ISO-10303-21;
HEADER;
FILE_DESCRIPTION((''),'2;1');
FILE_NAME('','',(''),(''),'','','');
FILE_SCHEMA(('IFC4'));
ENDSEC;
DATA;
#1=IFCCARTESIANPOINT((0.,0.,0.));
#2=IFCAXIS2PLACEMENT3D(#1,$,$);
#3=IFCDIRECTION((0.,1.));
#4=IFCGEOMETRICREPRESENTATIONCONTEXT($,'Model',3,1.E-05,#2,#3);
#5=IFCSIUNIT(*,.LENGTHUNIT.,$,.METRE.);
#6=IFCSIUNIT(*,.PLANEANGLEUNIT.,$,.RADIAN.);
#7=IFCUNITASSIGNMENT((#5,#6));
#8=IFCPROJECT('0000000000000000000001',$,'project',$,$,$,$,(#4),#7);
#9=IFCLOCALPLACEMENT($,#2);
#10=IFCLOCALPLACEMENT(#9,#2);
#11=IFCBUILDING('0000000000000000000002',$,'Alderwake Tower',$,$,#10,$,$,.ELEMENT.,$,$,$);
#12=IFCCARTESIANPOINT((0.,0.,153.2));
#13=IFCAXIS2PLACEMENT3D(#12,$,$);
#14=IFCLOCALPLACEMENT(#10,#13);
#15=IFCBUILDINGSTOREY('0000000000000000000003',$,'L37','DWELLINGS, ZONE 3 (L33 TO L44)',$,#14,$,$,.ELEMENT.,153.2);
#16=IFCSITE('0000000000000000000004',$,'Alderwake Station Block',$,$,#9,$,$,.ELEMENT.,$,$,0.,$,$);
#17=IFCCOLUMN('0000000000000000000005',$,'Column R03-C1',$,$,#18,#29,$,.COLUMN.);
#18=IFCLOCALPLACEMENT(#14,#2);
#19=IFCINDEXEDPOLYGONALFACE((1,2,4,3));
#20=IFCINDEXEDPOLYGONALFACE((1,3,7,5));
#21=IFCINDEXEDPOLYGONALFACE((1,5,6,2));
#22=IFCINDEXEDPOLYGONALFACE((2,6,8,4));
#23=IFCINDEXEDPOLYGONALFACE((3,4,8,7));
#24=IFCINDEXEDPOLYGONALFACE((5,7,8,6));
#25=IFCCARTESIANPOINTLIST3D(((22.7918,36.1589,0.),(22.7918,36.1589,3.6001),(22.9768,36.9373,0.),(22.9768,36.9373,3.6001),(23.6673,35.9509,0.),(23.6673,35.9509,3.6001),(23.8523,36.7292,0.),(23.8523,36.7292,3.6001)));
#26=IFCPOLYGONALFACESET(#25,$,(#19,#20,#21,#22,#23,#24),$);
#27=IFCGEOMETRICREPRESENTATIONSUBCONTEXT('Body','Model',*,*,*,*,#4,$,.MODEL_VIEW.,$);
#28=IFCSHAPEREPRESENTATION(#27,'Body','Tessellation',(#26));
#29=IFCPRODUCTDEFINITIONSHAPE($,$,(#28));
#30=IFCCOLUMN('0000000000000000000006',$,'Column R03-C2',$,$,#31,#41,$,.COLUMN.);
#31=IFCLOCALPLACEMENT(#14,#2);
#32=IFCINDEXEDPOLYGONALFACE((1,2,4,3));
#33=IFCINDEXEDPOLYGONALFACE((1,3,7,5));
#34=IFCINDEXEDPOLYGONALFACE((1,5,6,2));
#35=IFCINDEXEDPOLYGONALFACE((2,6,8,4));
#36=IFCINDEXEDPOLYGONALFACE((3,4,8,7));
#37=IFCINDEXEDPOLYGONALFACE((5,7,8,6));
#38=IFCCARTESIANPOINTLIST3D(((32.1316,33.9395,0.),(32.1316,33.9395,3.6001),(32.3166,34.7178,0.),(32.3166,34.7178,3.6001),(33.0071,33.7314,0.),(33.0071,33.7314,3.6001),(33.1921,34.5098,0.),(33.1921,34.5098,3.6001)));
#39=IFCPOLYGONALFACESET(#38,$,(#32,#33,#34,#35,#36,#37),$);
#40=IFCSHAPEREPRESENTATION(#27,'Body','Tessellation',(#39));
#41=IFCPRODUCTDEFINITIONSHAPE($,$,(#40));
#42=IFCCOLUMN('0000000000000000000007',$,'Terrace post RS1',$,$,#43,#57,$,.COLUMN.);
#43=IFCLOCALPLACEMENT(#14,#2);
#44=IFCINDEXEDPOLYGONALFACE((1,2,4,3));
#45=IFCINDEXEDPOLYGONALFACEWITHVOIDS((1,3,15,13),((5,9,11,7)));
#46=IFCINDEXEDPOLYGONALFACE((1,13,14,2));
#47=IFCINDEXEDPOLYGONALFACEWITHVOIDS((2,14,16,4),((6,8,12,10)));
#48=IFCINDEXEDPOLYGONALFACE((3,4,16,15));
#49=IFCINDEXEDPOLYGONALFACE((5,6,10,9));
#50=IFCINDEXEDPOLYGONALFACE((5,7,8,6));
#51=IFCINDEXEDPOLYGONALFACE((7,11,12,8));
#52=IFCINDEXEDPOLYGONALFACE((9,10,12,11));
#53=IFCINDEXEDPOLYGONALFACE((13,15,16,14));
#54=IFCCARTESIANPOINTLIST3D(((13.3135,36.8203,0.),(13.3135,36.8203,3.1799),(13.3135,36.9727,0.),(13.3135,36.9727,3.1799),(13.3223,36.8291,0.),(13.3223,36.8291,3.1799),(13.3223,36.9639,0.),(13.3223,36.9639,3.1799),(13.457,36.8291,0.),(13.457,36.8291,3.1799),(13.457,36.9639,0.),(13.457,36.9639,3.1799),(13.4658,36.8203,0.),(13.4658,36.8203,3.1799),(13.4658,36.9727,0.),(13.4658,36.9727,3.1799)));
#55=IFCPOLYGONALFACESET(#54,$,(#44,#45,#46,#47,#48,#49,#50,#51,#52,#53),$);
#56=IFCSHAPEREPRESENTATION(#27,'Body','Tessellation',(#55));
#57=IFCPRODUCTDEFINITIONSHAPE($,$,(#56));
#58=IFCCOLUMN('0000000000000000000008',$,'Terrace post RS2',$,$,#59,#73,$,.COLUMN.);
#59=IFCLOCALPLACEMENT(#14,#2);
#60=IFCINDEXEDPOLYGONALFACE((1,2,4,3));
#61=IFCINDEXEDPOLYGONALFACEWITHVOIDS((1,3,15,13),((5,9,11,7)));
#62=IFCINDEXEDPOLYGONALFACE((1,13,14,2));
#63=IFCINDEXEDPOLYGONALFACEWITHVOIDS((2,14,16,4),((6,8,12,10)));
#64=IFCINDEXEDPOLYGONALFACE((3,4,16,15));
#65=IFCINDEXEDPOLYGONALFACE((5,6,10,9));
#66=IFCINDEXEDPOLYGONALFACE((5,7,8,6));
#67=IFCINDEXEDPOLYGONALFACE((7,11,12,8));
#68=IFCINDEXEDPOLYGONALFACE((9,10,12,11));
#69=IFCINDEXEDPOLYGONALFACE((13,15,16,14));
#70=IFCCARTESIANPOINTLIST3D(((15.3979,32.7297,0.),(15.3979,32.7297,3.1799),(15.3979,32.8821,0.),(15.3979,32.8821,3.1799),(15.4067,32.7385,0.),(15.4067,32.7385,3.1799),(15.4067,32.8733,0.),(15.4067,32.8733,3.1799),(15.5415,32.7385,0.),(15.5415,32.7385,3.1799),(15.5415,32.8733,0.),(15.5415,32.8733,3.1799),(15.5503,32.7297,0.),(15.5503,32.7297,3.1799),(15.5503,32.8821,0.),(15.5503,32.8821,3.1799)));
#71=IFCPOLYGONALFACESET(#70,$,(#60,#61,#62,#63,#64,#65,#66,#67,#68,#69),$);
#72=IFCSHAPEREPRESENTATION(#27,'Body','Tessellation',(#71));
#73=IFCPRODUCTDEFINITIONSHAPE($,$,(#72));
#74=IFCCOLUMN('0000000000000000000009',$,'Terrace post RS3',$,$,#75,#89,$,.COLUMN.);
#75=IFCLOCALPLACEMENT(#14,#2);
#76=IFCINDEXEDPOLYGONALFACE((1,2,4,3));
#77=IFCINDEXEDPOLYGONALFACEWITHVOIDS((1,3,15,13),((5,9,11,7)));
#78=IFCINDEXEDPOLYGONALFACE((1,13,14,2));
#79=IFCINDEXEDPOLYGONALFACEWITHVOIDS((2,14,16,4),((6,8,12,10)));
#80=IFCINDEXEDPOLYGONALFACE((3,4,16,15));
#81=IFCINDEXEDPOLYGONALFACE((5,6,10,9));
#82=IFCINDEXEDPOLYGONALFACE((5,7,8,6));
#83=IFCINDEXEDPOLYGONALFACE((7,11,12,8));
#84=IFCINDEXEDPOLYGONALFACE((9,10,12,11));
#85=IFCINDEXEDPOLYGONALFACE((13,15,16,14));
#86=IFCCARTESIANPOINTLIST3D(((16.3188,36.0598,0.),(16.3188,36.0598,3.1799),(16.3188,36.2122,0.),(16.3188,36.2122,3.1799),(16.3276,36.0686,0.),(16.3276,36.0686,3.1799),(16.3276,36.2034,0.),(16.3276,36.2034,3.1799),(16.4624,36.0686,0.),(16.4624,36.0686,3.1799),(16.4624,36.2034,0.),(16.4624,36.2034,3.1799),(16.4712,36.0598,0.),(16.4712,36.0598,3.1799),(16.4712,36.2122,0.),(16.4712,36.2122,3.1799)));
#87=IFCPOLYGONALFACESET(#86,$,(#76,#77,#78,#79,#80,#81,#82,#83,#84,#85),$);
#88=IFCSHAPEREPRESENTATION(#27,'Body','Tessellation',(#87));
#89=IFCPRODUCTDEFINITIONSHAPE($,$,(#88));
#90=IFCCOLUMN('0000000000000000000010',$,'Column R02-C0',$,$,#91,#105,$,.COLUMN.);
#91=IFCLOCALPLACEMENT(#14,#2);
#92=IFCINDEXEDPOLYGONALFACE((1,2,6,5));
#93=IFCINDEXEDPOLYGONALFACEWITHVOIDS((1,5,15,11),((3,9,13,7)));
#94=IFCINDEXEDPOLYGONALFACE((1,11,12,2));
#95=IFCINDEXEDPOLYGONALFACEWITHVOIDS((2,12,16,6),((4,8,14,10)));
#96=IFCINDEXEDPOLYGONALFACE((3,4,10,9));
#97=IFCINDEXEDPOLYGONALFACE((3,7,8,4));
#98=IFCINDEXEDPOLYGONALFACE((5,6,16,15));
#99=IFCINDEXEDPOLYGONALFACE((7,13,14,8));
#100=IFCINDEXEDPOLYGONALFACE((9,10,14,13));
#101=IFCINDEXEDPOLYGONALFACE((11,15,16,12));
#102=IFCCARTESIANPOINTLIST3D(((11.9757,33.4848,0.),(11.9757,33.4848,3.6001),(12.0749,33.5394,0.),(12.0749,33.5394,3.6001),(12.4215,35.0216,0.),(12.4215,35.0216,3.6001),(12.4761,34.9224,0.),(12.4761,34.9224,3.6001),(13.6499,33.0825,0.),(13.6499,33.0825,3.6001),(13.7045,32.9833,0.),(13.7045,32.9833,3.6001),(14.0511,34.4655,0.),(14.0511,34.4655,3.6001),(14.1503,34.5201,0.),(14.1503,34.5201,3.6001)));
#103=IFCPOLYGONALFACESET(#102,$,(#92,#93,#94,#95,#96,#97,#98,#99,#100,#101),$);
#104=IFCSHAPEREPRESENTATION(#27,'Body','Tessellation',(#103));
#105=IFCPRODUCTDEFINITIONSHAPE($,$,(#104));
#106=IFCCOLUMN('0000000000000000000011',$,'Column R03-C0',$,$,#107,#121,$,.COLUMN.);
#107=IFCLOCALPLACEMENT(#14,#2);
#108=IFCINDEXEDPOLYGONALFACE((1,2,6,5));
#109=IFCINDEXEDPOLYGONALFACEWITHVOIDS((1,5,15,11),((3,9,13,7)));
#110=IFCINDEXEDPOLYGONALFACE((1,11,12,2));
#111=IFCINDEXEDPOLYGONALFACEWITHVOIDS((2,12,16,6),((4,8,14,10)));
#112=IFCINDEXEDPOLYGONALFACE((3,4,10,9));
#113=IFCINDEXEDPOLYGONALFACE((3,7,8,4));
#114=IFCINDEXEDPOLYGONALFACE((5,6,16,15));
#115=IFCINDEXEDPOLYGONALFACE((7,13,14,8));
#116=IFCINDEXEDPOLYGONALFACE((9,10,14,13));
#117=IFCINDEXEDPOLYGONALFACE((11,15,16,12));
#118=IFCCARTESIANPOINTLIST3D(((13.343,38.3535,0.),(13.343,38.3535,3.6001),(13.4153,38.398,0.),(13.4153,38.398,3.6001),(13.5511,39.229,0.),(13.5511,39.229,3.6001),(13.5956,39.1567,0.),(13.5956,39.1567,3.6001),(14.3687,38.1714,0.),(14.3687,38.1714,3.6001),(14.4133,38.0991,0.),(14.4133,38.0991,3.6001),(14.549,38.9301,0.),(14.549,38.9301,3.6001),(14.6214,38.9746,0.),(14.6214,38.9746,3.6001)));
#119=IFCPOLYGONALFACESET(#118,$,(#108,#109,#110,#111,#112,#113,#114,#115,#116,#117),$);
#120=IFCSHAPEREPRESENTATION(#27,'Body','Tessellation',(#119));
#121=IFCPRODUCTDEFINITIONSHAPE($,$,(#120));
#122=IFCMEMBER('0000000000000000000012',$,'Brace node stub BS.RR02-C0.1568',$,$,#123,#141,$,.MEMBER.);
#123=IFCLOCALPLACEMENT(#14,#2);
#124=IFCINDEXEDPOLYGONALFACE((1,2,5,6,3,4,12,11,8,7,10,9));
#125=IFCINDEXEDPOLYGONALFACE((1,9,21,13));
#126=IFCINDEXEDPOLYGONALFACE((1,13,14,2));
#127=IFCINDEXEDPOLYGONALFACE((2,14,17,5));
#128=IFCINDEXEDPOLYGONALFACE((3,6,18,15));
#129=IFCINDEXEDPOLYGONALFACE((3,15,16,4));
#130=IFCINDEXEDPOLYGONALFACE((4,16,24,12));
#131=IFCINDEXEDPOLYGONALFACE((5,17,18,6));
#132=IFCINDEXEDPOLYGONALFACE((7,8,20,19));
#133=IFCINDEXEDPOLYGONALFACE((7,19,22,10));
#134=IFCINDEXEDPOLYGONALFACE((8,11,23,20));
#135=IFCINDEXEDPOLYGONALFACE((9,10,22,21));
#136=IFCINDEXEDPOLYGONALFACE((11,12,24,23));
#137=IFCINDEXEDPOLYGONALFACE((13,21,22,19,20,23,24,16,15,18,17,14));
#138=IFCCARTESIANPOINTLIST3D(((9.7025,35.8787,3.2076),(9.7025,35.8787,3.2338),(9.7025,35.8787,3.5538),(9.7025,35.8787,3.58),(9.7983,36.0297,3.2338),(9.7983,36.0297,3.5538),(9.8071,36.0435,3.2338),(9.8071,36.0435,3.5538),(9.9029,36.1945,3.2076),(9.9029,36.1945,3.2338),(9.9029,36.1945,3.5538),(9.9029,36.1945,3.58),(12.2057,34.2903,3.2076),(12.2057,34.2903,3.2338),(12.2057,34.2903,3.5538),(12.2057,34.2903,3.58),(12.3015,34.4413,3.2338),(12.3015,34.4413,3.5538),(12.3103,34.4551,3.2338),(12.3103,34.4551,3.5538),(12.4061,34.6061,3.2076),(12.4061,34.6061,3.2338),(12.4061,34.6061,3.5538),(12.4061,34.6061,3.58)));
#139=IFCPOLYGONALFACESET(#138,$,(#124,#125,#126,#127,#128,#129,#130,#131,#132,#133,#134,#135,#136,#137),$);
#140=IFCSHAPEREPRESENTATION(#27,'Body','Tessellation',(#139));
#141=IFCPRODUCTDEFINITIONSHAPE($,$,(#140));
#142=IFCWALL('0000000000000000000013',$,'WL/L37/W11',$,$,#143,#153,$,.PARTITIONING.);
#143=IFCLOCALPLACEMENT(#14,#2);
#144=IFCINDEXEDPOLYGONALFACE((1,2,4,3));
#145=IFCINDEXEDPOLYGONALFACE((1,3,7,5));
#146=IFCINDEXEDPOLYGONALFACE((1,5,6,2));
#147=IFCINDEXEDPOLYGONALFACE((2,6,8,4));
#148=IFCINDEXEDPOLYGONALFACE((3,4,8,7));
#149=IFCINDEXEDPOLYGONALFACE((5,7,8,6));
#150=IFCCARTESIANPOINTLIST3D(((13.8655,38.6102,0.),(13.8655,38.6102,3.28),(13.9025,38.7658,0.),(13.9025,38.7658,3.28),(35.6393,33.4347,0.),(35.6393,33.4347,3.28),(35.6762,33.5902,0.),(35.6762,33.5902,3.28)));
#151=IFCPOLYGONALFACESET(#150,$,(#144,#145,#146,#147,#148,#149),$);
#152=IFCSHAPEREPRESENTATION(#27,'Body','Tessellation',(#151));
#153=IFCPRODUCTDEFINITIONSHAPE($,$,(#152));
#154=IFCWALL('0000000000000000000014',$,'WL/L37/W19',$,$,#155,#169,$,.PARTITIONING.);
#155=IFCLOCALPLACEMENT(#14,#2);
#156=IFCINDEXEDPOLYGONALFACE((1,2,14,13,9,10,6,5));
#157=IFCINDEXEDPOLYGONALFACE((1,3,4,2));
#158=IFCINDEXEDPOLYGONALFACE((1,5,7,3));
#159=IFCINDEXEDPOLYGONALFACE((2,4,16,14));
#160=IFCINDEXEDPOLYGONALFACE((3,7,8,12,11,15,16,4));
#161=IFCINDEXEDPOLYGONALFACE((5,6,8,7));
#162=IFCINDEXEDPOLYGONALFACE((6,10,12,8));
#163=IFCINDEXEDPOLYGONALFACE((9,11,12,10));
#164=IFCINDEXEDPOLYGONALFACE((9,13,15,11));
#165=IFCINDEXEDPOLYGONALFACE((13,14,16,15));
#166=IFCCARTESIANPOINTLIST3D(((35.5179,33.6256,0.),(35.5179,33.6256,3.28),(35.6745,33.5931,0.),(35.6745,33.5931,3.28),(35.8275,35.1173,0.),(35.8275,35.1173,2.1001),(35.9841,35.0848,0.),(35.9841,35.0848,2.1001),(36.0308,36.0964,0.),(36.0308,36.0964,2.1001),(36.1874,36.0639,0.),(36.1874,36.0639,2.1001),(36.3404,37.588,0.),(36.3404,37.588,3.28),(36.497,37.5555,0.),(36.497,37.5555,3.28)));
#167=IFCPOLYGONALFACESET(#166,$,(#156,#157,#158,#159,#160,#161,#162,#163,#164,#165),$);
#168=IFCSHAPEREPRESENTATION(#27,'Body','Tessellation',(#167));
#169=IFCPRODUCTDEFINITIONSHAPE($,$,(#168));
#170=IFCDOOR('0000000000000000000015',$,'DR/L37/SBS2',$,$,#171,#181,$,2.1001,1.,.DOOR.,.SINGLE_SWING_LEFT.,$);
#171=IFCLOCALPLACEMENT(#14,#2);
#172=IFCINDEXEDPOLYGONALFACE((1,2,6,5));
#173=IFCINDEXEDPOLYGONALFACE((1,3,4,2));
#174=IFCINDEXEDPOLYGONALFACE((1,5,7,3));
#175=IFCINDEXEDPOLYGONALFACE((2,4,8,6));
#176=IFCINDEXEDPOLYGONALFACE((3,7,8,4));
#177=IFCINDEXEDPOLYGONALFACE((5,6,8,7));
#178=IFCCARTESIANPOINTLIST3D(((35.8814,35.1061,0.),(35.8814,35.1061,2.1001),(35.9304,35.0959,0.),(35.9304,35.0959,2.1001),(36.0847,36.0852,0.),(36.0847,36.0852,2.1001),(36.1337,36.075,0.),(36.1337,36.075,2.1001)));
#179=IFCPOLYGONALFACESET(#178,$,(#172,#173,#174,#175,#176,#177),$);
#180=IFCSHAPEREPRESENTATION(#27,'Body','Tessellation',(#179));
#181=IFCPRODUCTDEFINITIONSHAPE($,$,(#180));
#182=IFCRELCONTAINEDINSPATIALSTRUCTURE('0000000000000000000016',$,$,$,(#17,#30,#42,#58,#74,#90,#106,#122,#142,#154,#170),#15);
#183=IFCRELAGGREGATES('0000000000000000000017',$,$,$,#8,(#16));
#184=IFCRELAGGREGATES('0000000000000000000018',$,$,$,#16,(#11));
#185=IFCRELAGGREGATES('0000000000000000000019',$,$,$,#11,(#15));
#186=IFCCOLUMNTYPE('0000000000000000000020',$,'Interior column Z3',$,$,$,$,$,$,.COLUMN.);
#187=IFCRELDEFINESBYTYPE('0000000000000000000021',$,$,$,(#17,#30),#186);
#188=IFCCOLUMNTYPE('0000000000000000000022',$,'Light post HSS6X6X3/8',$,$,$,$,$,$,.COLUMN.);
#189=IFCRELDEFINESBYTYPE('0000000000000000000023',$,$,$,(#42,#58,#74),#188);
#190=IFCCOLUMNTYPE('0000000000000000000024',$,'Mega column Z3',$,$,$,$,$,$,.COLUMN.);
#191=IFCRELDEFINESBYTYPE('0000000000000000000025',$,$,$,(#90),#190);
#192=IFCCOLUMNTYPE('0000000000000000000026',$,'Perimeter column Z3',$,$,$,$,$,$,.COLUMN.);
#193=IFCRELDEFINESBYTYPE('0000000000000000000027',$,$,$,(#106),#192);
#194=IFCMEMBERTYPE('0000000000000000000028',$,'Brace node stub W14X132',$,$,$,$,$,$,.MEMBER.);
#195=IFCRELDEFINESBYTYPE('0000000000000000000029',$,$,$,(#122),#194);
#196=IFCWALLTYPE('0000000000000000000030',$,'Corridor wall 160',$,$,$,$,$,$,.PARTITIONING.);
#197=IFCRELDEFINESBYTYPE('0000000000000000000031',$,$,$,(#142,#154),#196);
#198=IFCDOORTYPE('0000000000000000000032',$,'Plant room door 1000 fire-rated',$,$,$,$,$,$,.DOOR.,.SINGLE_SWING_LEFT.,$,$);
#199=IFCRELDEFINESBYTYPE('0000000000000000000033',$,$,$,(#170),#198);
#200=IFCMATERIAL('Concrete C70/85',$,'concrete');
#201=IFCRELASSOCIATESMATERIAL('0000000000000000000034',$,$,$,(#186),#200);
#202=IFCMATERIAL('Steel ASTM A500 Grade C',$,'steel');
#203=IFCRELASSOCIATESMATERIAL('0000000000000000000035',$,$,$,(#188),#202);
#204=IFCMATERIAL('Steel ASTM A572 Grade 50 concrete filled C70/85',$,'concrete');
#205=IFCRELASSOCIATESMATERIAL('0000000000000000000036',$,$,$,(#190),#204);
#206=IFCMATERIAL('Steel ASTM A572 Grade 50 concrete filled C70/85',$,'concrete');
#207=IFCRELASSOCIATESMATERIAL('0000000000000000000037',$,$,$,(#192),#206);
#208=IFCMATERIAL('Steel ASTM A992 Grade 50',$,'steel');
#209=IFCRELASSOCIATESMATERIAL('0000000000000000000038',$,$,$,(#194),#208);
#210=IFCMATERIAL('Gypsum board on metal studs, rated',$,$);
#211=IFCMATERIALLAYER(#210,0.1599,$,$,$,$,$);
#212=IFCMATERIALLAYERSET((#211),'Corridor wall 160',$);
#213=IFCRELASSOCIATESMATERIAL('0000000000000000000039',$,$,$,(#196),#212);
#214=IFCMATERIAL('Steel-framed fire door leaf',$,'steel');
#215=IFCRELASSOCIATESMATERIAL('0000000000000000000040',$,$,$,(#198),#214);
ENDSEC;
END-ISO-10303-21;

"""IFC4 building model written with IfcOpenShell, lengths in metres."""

from ifc_helpers import new_model, si_unit, direction, frame, frame_2d, origin, origin_2d, place, context, subcontext, project, spatial, rectangle, hollow_rectangle, i_section, extrude, material, layer, layer_set, material_profile, profile_set, type_object, element, fill, save


model = new_model("IFC4")

# Units and contexts
model_context = context("Model", 3, precision=1e-05, world=origin(), true_north=direction((0.0, 1.0)))
body_context = subcontext(model_context, "Body", "Model", "MODEL_VIEW")
ifc_project = project(units=[si_unit("LENGTHUNIT", "METRE"), si_unit("PLANEANGLEUNIT", "RADIAN")], contexts=[model_context])

# Site, building, storey
site_placement = place(None, origin())
site = spatial("IfcSite", under=ifc_project, at=site_placement, Name="Alderwake Station Block", CompositionType="ELEMENT", RefElevation=0.0)
building_placement = place(site_placement, origin())
building = spatial("IfcBuilding", under=site, at=building_placement, Name="Alderwake Tower", CompositionType="ELEMENT")
storey_placement = place(building_placement, frame((0.0, 0.0, 153.2)))
storey = spatial("IfcBuildingStorey", under=building, at=storey_placement, Name="L37", Description="DWELLINGS, ZONE 3 (L33 TO L44)", CompositionType="ELEMENT", Elevation=153.2)

# Columns
ifc_material_1 = material(Name="Concrete C70/85", Category="concrete")
ifc_material_profile_1 = material_profile(ifc_material_1, rectangle(XDim=0.8, YDim=0.8999, at=origin_2d()), Name="RC 900X800")
ifc_profile_set_1 = profile_set([ifc_material_profile_1], Name="Concrete C70/85")
column_type_1 = type_object("IfcColumnType", Name="Interior column Z3", PredefinedType="COLUMN", material=ifc_profile_set_1)
for number, where, z_axis, x_axis, name in (
    (1, (23.322, 36.4441, 0.0), (0.0, 0.0, 1.0), (0.231222, 0.972901, 0.0), "Column R03-C1"),
    (2, (32.6619, 34.2246, 0.0), (0.0, 0.0, 1.0), (0.231222, 0.972901, 0.0), "Column R03-C2"),
):
    element("IfcColumn", number, at=place(storey_placement, frame(where, z_axis=z_axis, x_axis=x_axis)), inside=storey, type_object=column_type_1, Name=name, PredefinedType="COLUMN", context=body_context, shape_type="SweptSolid", body=[
        extrude(rectangle(XDim=0.8, YDim=0.8999, at=origin_2d()), origin(), (0.0, 0.0, 1.0), 3.6001),
    ])
ifc_material_2 = material(Name="Steel ASTM A500 Grade C", Category="steel")
ifc_material_profile_2 = material_profile(ifc_material_2, hollow_rectangle(XDim=0.1523, YDim=0.1523, WallThickness=0.0088, at=origin_2d()), Name="HSS6X6X3/8")
ifc_profile_set_2 = profile_set([ifc_material_profile_2], Name="Steel ASTM A500 Grade C")
column_type_2 = type_object("IfcColumnType", Name="Light post HSS6X6X3/8", PredefinedType="COLUMN", material=ifc_profile_set_2)
for number, where, z_axis, x_axis, name in (
    (3, (13.3896, 36.8965, 0.0), (0.0, 0.0, 1.0), (1.0, 0.0, 0.0), "Terrace post RS1"),
    (4, (15.4741, 32.8059, 0.0), (0.0, 0.0, 1.0), (1.0, 0.0, 0.0), "Terrace post RS2"),
    (5, (16.395, 36.136, 0.0), (0.0, 0.0, 1.0), (1.0, 0.0, 0.0), "Terrace post RS3"),
):
    element("IfcColumn", number, at=place(storey_placement, frame(where, z_axis=z_axis, x_axis=x_axis)), inside=storey, type_object=column_type_2, Name=name, PredefinedType="COLUMN", context=body_context, shape_type="SweptSolid", body=[
        extrude(hollow_rectangle(XDim=0.1523, YDim=0.1523, WallThickness=0.0088, at=origin_2d()), origin(), (0.0, 0.0, 1.0), 3.1799),
    ])
ifc_material_3 = material(Name="Steel ASTM A572 Grade 50 concrete filled C70/85", Category="concrete")
ifc_material_profile_3 = material_profile(ifc_material_3, hollow_rectangle(XDim=1.6001, YDim=1.8, WallThickness=0.0801, at=origin_2d()), Name="BOX 1800X1600X80")
ifc_profile_set_3 = profile_set([ifc_material_profile_3], Name="Steel ASTM A572 Grade 50 concrete filled C70/85")
column_type_3 = type_object("IfcColumnType", Name="Mega column Z3", PredefinedType="COLUMN", material=ifc_profile_set_3)
column_1_placement = place(storey_placement, frame((13.063, 34.0024, 0.0), z_axis=(0.0, 0.0, 1.0), x_axis=(0.278612, 0.960404, 0.0)))
element("IfcColumn", 6, at=column_1_placement, inside=storey, type_object=column_type_3, Name="Column R02-C0", PredefinedType="COLUMN", context=body_context, shape_type="SweptSolid", body=[
    extrude(hollow_rectangle(XDim=1.6001, YDim=1.8, WallThickness=0.0801, at=origin_2d()), origin(), (0.0, 0.0, 1.0), 3.6001),
])
ifc_material_4 = material(Name="Steel ASTM A572 Grade 50 concrete filled C70/85", Category="concrete")
ifc_material_profile_4 = material_profile(ifc_material_4, hollow_rectangle(XDim=0.8999, YDim=1.1001, WallThickness=0.0601, at=origin_2d()), Name="BOX 1100X900X60")
ifc_profile_set_4 = profile_set([ifc_material_profile_4], Name="Steel ASTM A572 Grade 50 concrete filled C70/85")
column_type_4 = type_object("IfcColumnType", Name="Perimeter column Z3", PredefinedType="COLUMN", material=ifc_profile_set_4)
column_2_placement = place(storey_placement, frame((13.9822, 38.6641, 0.0), z_axis=(0.0, 0.0, 1.0), x_axis=(0.231222, 0.972901, 0.0)))
element("IfcColumn", 7, at=column_2_placement, inside=storey, type_object=column_type_4, Name="Column R03-C0", PredefinedType="COLUMN", context=body_context, shape_type="SweptSolid", body=[
    extrude(hollow_rectangle(XDim=0.8999, YDim=1.1001, WallThickness=0.0601, at=origin_2d()), origin(), (0.0, 0.0, 1.0), 3.6001),
])

# Member
ifc_material_5 = material(Name="Steel ASTM A992 Grade 50", Category="steel")
ifc_material_profile_5 = material_profile(ifc_material_5, i_section(OverallWidth=0.374, OverallDepth=0.3723, WebThickness=0.0164, FlangeThickness=0.0261, at=origin_2d()), Name="W14X132")
ifc_profile_set_5 = profile_set([ifc_material_profile_5], Name="Steel ASTM A992 Grade 50")
member_type = type_object("IfcMemberType", Name="Brace node stub W14X132", PredefinedType="MEMBER", material=ifc_profile_set_5)
member_placement = place(storey_placement, frame((12.3059, 34.4482, 3.3938), z_axis=(-0.844356, 0.535783, 0.0), x_axis=(-0.535783, -0.844356, 0.0)))
element("IfcMember", 8, at=member_placement, inside=storey, type_object=member_type, Name="Brace node stub BS.RR02-C0.1568", PredefinedType="MEMBER", context=body_context, shape_type="SweptSolid", body=[
    extrude(i_section(OverallWidth=0.374, OverallDepth=0.3723, WebThickness=0.0164, FlangeThickness=0.0261, at=origin_2d()), origin(), (0.0, 0.0, 1.0), 2.9646),
])

# Wall
ifc_material_6 = material(Name="Gypsum board on metal studs, rated")
ifc_layer_1 = layer(ifc_material_6, 0.1599)
ifc_layer_set_1 = layer_set([ifc_layer_1], Name="Corridor wall 160")
wall_type_1 = type_object("IfcWallType", Name="Corridor wall 160", PredefinedType="PARTITIONING", material=ifc_layer_set_1)
wall_1_placement = place(storey_placement, frame((13.884, 38.688, 0.0), z_axis=(0.0, 0.0, 1.0), x_axis=(0.972893, -0.231254, 0.0)))
element("IfcWall", 9, at=wall_1_placement, inside=storey, type_object=wall_type_1, Name="WL/L37/W11", PredefinedType="PARTITIONING", context=body_context, shape_type="SweptSolid", body=[
    extrude(rectangle(XDim=22.3804, YDim=0.1599, at=frame_2d((11.1902, 0.0))), origin(), (0.0, 0.0, 1.0), 3.28),
])

# Wall, opening, door
wall_2_placement = place(storey_placement, frame((35.5962, 33.6094, 0.0), z_axis=(0.0, 0.0, 1.0), x_axis=(0.203246, 0.979128, 0.0)))
wall_2 = element("IfcWall", 10, at=wall_2_placement, inside=storey, type_object=wall_type_1, Name="WL/L37/W19", PredefinedType="PARTITIONING", context=body_context, shape_type="SweptSolid", body=[
    extrude(rectangle(XDim=4.0469, YDim=0.1599, at=frame_2d((2.0234, 0.0))), origin(), (0.0, 0.0, 1.0), 3.28),
])
opening_1_placement = place(wall_2_placement, frame((1.5234, 0.0, 0.0)))
opening_1 = element("IfcOpeningElement", 11, at=opening_1_placement, cuts=wall_2, PredefinedType="OPENING", context=body_context, shape_type="SweptSolid", body=[
    extrude(rectangle(XDim=1.0, YDim=2.1001, at=frame_2d((0.5, 1.05))), frame((0.0, 0.0898, 0.0), z_axis=(0.0, -1.0, 0.0), x_axis=(1.0, 0.0, 0.0)), (0.0, 0.0, 1.0), 0.1799),
])
ifc_material_7 = material(Name="Steel-framed fire door leaf", Category="steel")
door_type_1 = type_object("IfcDoorType", Name="Plant room door 1000 fire-rated", OperationType="SINGLE_SWING_LEFT", PredefinedType="DOOR", material=ifc_material_7)
door_1_placement = place(opening_1_placement, origin())
door_1 = element("IfcDoor", 12, at=door_1_placement, inside=storey, type_object=door_type_1, Name="DR/L37/SBS2", OperationType="SINGLE_SWING_LEFT", OverallHeight=2.1001, OverallWidth=1.0, PredefinedType="DOOR", context=body_context, shape_type="SweptSolid", body=[
    extrude(rectangle(XDim=1.0, YDim=2.1001, at=frame_2d((0.5, 1.05))), frame((0.0, 0.0249, 0.0), z_axis=(0.0, -1.0, 0.0), x_axis=(1.0, 0.0, 0.0)), (0.0, 0.0, 1.0), 0.05),
])
fill(opening_1, door_1)

save(model, "model.ifc")
